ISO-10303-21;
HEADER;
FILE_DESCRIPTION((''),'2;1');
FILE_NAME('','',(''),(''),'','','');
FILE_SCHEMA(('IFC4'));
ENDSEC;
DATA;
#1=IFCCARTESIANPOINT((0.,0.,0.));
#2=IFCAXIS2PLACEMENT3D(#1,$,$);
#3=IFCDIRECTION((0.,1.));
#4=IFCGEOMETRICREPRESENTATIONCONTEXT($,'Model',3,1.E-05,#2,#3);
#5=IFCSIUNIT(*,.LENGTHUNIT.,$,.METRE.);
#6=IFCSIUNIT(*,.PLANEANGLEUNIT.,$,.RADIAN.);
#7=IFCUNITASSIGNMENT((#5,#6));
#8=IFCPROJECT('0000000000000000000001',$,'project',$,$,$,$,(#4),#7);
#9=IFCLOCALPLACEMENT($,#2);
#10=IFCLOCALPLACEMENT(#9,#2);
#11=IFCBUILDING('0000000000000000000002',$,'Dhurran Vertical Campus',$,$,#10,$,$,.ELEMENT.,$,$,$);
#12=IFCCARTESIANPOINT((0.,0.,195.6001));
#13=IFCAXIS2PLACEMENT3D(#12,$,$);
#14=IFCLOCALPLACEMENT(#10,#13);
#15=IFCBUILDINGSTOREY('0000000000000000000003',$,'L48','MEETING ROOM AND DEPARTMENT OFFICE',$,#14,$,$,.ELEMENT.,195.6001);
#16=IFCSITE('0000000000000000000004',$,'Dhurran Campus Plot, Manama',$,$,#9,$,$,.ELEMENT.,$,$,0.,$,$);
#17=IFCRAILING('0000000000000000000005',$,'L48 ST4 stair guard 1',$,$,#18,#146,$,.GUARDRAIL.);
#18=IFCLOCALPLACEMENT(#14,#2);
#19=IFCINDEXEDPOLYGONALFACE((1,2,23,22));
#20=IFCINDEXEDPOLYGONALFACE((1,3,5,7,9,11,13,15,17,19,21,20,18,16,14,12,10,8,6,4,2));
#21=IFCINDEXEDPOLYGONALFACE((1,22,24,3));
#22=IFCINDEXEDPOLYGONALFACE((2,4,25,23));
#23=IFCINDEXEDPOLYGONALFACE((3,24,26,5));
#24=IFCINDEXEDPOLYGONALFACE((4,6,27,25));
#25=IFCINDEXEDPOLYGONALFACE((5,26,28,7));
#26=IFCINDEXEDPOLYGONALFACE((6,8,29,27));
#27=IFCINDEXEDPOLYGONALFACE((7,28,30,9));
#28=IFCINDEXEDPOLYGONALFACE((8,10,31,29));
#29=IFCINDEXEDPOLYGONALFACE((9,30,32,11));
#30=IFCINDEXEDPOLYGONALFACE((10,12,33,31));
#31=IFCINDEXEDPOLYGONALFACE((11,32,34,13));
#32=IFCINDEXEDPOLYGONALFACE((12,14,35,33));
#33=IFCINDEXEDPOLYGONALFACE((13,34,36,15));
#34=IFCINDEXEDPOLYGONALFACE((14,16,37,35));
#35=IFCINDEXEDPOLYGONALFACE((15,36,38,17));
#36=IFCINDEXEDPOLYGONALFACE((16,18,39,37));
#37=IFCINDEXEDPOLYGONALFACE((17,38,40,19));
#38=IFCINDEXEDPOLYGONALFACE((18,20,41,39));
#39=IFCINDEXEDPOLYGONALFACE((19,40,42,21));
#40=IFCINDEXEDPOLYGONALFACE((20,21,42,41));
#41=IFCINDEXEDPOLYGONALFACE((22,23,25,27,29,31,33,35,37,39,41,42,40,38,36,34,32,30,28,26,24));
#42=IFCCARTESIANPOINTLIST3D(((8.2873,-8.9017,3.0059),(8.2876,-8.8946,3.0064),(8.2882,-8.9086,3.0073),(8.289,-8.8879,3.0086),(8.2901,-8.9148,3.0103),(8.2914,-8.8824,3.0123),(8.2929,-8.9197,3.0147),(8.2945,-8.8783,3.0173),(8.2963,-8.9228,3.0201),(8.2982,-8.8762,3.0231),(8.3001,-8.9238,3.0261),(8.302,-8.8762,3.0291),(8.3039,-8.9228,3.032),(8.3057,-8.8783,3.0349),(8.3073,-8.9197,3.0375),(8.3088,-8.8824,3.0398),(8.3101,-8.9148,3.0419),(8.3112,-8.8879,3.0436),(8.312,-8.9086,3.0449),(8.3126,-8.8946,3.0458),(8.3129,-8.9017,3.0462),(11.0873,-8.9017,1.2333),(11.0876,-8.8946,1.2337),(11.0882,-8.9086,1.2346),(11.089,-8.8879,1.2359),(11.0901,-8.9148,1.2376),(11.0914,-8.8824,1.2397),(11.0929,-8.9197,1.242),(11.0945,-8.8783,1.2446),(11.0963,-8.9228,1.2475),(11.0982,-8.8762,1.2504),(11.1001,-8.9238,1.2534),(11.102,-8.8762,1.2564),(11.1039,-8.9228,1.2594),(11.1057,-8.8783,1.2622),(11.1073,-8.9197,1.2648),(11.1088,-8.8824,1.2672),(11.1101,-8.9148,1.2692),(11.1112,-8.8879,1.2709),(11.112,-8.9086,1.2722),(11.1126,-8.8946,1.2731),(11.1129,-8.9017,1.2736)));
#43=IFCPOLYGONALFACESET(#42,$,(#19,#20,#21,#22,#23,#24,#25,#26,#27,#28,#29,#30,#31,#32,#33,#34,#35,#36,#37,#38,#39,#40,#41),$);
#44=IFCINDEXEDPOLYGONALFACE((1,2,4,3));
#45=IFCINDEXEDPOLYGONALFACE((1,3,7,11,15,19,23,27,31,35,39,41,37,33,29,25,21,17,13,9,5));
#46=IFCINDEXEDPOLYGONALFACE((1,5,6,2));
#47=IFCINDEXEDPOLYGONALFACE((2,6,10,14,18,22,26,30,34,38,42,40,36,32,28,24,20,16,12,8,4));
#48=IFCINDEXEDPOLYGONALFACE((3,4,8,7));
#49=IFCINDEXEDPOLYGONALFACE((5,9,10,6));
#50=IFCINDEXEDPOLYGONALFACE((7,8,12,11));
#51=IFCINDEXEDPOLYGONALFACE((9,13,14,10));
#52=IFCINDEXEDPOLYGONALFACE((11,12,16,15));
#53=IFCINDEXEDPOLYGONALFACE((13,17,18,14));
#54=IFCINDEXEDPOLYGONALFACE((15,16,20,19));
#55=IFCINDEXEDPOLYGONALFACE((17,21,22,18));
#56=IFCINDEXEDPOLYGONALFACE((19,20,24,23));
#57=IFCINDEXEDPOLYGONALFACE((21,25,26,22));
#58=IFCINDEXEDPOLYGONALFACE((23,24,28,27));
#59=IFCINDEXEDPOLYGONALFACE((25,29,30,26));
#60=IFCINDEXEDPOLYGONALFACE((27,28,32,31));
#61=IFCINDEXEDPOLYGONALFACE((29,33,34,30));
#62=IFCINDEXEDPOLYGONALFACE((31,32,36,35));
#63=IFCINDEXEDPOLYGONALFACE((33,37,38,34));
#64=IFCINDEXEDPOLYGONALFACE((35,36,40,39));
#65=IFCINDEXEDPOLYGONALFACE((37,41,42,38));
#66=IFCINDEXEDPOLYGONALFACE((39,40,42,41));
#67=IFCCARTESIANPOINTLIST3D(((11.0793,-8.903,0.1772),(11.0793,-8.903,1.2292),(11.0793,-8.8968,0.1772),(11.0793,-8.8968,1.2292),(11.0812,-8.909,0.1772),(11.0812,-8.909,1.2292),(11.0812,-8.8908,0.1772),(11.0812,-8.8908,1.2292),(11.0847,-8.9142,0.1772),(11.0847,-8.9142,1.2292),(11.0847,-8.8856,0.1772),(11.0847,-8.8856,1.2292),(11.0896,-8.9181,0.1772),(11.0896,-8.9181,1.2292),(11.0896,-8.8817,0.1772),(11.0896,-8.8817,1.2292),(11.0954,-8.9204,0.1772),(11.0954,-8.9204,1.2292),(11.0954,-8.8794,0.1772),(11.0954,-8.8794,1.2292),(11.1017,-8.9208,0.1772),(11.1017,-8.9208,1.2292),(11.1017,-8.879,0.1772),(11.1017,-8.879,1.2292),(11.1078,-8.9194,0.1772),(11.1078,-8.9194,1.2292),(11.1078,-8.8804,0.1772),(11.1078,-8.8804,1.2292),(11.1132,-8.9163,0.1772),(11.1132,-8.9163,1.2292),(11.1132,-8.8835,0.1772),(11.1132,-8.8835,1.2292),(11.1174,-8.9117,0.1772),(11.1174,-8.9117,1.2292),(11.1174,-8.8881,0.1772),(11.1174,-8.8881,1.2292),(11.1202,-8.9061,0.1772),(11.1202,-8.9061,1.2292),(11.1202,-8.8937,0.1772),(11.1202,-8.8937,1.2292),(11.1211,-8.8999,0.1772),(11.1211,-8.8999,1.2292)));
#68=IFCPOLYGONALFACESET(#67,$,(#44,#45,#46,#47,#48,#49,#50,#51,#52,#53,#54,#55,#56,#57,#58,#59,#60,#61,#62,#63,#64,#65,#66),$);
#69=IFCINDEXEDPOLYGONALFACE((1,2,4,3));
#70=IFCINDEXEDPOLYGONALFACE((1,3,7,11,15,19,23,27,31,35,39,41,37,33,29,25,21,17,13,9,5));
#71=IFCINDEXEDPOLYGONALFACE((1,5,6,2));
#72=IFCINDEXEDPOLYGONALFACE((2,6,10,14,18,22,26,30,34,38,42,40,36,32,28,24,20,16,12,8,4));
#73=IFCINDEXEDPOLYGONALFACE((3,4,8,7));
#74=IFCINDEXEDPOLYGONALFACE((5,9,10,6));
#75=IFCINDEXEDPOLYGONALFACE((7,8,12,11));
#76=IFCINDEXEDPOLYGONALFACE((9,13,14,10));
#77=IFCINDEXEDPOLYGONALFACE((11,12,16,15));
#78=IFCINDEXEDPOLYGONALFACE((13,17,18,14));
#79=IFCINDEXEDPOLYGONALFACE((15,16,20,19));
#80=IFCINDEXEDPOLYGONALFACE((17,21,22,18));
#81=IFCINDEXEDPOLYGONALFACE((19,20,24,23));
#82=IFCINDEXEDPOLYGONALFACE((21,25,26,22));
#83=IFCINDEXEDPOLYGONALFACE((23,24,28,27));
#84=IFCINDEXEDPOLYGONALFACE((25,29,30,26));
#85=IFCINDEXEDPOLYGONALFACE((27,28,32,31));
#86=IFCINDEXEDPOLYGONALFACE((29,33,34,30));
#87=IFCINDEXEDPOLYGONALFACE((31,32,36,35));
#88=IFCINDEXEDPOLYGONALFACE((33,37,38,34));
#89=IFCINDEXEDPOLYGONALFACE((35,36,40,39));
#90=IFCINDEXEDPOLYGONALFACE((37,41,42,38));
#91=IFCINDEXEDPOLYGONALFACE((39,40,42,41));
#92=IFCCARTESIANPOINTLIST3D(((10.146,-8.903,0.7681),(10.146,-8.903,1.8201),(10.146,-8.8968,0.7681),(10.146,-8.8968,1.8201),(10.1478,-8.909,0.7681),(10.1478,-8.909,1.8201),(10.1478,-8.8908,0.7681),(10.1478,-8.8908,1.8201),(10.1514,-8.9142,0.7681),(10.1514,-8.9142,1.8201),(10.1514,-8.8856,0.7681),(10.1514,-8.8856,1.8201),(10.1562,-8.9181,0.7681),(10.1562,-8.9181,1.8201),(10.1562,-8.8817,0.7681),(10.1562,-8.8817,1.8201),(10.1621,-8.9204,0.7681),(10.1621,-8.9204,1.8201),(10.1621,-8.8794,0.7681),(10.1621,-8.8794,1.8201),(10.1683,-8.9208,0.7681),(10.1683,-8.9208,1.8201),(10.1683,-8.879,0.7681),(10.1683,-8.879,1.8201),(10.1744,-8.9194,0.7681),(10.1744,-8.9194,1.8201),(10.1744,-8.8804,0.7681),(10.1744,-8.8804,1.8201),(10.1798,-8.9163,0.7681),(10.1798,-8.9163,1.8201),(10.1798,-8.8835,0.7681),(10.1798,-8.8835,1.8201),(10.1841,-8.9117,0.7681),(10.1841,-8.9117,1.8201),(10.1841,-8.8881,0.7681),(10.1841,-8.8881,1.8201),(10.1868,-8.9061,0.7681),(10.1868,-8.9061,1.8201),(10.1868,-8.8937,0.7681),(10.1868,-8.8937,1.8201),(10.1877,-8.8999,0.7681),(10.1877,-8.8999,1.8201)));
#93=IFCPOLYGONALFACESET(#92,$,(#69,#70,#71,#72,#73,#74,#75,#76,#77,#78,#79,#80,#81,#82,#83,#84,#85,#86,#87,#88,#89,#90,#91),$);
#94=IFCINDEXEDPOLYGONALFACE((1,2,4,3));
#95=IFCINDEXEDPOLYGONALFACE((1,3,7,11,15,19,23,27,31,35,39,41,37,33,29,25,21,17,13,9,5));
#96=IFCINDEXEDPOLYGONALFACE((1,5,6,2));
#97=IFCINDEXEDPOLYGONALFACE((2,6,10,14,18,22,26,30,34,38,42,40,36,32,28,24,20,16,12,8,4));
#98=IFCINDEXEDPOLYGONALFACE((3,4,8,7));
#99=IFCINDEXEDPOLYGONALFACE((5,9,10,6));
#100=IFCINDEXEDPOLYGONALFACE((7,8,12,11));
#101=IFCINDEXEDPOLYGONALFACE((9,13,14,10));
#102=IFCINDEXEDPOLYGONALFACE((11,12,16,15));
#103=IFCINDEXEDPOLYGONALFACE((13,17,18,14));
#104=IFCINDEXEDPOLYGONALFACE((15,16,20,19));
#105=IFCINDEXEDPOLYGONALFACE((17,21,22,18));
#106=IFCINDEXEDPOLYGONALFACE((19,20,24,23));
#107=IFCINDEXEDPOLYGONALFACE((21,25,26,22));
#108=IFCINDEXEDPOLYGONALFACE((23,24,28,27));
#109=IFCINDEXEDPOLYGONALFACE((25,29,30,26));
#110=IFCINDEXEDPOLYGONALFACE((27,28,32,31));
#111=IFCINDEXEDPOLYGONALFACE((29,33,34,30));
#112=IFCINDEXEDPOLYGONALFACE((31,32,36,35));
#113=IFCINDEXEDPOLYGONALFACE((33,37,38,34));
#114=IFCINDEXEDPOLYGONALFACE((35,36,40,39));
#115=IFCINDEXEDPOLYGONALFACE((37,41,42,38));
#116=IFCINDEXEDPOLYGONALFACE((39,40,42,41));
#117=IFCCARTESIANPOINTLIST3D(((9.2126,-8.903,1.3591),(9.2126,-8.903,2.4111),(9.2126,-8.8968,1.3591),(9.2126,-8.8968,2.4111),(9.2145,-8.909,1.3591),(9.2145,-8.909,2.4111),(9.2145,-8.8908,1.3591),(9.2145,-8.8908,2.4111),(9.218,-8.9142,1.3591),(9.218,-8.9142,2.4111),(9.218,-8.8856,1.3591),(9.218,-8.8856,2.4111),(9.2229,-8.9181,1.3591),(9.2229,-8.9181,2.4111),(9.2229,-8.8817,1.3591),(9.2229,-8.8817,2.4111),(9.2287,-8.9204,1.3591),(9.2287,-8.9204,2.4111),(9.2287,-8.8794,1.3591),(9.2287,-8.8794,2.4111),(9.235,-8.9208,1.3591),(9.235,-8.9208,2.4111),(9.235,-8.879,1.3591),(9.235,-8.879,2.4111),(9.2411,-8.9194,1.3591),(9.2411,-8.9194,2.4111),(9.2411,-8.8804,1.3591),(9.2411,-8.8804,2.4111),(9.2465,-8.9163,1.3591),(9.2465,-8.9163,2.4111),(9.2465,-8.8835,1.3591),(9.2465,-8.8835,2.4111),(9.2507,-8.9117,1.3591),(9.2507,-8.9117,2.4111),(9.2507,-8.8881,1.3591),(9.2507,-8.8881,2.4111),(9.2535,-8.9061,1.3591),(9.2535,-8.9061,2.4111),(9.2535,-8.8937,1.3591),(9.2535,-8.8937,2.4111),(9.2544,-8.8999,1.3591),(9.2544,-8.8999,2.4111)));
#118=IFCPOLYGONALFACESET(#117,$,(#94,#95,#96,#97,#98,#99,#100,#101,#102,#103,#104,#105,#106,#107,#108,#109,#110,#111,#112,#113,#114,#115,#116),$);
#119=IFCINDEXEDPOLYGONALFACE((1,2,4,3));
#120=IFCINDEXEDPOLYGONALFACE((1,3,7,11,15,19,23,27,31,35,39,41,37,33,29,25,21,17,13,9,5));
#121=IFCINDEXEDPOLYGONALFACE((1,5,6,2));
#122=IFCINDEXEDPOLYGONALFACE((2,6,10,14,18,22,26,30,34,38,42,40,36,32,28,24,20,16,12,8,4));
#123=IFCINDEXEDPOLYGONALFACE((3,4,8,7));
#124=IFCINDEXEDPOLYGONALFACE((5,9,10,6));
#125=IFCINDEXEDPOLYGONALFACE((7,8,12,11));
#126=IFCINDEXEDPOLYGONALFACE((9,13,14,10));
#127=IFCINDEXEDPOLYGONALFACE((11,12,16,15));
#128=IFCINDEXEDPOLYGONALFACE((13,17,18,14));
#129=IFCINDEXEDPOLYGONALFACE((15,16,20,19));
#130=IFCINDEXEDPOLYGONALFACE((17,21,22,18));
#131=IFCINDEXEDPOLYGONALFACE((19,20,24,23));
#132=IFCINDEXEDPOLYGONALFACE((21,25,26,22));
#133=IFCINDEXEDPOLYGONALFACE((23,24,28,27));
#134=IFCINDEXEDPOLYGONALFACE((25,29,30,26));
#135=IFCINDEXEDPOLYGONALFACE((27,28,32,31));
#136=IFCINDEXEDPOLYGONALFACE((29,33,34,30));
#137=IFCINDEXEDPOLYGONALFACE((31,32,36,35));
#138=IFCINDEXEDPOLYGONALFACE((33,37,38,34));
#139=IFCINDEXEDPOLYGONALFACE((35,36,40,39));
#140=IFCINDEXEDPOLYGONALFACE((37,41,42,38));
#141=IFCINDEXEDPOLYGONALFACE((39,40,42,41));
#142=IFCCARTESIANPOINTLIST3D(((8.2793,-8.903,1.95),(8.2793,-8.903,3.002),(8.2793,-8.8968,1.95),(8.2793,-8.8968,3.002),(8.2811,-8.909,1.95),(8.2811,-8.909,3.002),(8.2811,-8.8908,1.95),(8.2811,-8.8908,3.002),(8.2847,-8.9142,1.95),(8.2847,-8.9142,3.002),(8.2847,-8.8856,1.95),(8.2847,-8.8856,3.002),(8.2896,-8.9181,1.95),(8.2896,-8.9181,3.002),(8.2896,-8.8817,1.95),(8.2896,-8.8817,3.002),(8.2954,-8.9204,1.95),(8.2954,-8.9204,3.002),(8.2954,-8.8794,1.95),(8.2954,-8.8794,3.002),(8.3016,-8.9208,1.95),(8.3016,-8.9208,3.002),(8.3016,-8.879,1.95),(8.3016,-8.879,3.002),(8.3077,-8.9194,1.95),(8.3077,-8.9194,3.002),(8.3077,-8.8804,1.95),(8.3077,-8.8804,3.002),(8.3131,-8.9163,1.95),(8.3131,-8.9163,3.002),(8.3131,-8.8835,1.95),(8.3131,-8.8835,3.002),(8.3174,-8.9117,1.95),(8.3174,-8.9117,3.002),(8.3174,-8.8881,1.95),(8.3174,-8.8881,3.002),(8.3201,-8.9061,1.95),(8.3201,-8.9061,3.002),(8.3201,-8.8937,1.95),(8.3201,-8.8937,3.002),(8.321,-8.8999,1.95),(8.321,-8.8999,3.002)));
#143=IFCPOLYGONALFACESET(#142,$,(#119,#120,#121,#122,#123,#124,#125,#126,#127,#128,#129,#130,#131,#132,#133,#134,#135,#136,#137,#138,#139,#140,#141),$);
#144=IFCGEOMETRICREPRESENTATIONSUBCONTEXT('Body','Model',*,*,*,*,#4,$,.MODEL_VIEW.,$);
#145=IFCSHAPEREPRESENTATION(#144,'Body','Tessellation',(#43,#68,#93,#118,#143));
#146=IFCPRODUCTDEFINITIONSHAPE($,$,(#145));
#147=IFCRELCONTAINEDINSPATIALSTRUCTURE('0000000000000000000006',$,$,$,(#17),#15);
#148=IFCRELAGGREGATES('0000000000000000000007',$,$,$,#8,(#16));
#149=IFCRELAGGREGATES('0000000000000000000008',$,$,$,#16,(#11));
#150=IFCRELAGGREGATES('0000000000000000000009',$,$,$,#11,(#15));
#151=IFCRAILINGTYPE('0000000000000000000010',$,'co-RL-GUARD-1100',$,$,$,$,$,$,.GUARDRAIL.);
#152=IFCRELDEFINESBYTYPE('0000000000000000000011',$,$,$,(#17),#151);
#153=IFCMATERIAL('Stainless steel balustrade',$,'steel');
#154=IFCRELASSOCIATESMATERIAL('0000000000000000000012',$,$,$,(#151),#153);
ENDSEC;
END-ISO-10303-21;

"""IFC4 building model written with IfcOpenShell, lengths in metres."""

from ifc_helpers import new_model, si_unit, direction, frame, origin, origin_2d, place, context, subcontext, project, spatial, circle, extrude, material, type_object, element, save


model = new_model("IFC4")

# Units and contexts
model_context = context("Model", 3, precision=1e-05, world=origin(), true_north=direction((0.0, 1.0)))
body_context = subcontext(model_context, "Body", "Model", "MODEL_VIEW")
ifc_project = project(units=[si_unit("LENGTHUNIT", "METRE"), si_unit("PLANEANGLEUNIT", "RADIAN")], contexts=[model_context])

# Site, building, storey
site_placement = place(None, origin())
site = spatial("IfcSite", under=ifc_project, at=site_placement, Name="Dhurran Campus Plot, Manama", CompositionType="ELEMENT", RefElevation=0.0)
building_placement = place(site_placement, origin())
building = spatial("IfcBuilding", under=site, at=building_placement, Name="Dhurran Vertical Campus", CompositionType="ELEMENT")
storey_placement = place(building_placement, frame((0.0, 0.0, 195.6001)))
storey = spatial("IfcBuildingStorey", under=building, at=storey_placement, Name="L48", Description="MEETING ROOM AND DEPARTMENT OFFICE", CompositionType="ELEMENT", Elevation=195.6001)

# Railing
ifc_material_1 = material(Name="Stainless steel balustrade", Category="steel")
railing_type_1 = type_object("IfcRailingType", Name="co-RL-GUARD-1100", PredefinedType="GUARDRAIL", material=ifc_material_1)
railing_1_placement = place(storey_placement, frame((11.1001, -8.8999, 0.1772)))
element("IfcRailing", 1, at=railing_1_placement, inside=storey, type_object=railing_type_1, Name="L48 ST4 stair guard 1", PredefinedType="GUARDRAIL", context=body_context, shape_type="SweptSolid", body=[
    extrude(circle(Radius=0.0239, at=origin_2d()), frame((0.0, 0.0, 1.0762), z_axis=(-0.844909, 0.0, 0.53491), x_axis=(0.0, -1.0, 0.0)), (0.0, 0.0, 1.0), 3.314),
    extrude(circle(Radius=0.021, at=origin_2d()), origin(), (0.0, 0.0, 1.0), 1.052),
    extrude(circle(Radius=0.021, at=origin_2d()), frame((-0.9333, 0.0, 0.5908)), (0.0, 0.0, 1.0), 1.052),
    extrude(circle(Radius=0.021, at=origin_2d()), frame((-1.8667, 0.0, 1.1819)), (0.0, 0.0, 1.0), 1.052),
    extrude(circle(Radius=0.021, at=origin_2d()), frame((-2.8, 0.0, 1.7727)), (0.0, 0.0, 1.0), 1.052),
])

save(model, "model.ifc")
